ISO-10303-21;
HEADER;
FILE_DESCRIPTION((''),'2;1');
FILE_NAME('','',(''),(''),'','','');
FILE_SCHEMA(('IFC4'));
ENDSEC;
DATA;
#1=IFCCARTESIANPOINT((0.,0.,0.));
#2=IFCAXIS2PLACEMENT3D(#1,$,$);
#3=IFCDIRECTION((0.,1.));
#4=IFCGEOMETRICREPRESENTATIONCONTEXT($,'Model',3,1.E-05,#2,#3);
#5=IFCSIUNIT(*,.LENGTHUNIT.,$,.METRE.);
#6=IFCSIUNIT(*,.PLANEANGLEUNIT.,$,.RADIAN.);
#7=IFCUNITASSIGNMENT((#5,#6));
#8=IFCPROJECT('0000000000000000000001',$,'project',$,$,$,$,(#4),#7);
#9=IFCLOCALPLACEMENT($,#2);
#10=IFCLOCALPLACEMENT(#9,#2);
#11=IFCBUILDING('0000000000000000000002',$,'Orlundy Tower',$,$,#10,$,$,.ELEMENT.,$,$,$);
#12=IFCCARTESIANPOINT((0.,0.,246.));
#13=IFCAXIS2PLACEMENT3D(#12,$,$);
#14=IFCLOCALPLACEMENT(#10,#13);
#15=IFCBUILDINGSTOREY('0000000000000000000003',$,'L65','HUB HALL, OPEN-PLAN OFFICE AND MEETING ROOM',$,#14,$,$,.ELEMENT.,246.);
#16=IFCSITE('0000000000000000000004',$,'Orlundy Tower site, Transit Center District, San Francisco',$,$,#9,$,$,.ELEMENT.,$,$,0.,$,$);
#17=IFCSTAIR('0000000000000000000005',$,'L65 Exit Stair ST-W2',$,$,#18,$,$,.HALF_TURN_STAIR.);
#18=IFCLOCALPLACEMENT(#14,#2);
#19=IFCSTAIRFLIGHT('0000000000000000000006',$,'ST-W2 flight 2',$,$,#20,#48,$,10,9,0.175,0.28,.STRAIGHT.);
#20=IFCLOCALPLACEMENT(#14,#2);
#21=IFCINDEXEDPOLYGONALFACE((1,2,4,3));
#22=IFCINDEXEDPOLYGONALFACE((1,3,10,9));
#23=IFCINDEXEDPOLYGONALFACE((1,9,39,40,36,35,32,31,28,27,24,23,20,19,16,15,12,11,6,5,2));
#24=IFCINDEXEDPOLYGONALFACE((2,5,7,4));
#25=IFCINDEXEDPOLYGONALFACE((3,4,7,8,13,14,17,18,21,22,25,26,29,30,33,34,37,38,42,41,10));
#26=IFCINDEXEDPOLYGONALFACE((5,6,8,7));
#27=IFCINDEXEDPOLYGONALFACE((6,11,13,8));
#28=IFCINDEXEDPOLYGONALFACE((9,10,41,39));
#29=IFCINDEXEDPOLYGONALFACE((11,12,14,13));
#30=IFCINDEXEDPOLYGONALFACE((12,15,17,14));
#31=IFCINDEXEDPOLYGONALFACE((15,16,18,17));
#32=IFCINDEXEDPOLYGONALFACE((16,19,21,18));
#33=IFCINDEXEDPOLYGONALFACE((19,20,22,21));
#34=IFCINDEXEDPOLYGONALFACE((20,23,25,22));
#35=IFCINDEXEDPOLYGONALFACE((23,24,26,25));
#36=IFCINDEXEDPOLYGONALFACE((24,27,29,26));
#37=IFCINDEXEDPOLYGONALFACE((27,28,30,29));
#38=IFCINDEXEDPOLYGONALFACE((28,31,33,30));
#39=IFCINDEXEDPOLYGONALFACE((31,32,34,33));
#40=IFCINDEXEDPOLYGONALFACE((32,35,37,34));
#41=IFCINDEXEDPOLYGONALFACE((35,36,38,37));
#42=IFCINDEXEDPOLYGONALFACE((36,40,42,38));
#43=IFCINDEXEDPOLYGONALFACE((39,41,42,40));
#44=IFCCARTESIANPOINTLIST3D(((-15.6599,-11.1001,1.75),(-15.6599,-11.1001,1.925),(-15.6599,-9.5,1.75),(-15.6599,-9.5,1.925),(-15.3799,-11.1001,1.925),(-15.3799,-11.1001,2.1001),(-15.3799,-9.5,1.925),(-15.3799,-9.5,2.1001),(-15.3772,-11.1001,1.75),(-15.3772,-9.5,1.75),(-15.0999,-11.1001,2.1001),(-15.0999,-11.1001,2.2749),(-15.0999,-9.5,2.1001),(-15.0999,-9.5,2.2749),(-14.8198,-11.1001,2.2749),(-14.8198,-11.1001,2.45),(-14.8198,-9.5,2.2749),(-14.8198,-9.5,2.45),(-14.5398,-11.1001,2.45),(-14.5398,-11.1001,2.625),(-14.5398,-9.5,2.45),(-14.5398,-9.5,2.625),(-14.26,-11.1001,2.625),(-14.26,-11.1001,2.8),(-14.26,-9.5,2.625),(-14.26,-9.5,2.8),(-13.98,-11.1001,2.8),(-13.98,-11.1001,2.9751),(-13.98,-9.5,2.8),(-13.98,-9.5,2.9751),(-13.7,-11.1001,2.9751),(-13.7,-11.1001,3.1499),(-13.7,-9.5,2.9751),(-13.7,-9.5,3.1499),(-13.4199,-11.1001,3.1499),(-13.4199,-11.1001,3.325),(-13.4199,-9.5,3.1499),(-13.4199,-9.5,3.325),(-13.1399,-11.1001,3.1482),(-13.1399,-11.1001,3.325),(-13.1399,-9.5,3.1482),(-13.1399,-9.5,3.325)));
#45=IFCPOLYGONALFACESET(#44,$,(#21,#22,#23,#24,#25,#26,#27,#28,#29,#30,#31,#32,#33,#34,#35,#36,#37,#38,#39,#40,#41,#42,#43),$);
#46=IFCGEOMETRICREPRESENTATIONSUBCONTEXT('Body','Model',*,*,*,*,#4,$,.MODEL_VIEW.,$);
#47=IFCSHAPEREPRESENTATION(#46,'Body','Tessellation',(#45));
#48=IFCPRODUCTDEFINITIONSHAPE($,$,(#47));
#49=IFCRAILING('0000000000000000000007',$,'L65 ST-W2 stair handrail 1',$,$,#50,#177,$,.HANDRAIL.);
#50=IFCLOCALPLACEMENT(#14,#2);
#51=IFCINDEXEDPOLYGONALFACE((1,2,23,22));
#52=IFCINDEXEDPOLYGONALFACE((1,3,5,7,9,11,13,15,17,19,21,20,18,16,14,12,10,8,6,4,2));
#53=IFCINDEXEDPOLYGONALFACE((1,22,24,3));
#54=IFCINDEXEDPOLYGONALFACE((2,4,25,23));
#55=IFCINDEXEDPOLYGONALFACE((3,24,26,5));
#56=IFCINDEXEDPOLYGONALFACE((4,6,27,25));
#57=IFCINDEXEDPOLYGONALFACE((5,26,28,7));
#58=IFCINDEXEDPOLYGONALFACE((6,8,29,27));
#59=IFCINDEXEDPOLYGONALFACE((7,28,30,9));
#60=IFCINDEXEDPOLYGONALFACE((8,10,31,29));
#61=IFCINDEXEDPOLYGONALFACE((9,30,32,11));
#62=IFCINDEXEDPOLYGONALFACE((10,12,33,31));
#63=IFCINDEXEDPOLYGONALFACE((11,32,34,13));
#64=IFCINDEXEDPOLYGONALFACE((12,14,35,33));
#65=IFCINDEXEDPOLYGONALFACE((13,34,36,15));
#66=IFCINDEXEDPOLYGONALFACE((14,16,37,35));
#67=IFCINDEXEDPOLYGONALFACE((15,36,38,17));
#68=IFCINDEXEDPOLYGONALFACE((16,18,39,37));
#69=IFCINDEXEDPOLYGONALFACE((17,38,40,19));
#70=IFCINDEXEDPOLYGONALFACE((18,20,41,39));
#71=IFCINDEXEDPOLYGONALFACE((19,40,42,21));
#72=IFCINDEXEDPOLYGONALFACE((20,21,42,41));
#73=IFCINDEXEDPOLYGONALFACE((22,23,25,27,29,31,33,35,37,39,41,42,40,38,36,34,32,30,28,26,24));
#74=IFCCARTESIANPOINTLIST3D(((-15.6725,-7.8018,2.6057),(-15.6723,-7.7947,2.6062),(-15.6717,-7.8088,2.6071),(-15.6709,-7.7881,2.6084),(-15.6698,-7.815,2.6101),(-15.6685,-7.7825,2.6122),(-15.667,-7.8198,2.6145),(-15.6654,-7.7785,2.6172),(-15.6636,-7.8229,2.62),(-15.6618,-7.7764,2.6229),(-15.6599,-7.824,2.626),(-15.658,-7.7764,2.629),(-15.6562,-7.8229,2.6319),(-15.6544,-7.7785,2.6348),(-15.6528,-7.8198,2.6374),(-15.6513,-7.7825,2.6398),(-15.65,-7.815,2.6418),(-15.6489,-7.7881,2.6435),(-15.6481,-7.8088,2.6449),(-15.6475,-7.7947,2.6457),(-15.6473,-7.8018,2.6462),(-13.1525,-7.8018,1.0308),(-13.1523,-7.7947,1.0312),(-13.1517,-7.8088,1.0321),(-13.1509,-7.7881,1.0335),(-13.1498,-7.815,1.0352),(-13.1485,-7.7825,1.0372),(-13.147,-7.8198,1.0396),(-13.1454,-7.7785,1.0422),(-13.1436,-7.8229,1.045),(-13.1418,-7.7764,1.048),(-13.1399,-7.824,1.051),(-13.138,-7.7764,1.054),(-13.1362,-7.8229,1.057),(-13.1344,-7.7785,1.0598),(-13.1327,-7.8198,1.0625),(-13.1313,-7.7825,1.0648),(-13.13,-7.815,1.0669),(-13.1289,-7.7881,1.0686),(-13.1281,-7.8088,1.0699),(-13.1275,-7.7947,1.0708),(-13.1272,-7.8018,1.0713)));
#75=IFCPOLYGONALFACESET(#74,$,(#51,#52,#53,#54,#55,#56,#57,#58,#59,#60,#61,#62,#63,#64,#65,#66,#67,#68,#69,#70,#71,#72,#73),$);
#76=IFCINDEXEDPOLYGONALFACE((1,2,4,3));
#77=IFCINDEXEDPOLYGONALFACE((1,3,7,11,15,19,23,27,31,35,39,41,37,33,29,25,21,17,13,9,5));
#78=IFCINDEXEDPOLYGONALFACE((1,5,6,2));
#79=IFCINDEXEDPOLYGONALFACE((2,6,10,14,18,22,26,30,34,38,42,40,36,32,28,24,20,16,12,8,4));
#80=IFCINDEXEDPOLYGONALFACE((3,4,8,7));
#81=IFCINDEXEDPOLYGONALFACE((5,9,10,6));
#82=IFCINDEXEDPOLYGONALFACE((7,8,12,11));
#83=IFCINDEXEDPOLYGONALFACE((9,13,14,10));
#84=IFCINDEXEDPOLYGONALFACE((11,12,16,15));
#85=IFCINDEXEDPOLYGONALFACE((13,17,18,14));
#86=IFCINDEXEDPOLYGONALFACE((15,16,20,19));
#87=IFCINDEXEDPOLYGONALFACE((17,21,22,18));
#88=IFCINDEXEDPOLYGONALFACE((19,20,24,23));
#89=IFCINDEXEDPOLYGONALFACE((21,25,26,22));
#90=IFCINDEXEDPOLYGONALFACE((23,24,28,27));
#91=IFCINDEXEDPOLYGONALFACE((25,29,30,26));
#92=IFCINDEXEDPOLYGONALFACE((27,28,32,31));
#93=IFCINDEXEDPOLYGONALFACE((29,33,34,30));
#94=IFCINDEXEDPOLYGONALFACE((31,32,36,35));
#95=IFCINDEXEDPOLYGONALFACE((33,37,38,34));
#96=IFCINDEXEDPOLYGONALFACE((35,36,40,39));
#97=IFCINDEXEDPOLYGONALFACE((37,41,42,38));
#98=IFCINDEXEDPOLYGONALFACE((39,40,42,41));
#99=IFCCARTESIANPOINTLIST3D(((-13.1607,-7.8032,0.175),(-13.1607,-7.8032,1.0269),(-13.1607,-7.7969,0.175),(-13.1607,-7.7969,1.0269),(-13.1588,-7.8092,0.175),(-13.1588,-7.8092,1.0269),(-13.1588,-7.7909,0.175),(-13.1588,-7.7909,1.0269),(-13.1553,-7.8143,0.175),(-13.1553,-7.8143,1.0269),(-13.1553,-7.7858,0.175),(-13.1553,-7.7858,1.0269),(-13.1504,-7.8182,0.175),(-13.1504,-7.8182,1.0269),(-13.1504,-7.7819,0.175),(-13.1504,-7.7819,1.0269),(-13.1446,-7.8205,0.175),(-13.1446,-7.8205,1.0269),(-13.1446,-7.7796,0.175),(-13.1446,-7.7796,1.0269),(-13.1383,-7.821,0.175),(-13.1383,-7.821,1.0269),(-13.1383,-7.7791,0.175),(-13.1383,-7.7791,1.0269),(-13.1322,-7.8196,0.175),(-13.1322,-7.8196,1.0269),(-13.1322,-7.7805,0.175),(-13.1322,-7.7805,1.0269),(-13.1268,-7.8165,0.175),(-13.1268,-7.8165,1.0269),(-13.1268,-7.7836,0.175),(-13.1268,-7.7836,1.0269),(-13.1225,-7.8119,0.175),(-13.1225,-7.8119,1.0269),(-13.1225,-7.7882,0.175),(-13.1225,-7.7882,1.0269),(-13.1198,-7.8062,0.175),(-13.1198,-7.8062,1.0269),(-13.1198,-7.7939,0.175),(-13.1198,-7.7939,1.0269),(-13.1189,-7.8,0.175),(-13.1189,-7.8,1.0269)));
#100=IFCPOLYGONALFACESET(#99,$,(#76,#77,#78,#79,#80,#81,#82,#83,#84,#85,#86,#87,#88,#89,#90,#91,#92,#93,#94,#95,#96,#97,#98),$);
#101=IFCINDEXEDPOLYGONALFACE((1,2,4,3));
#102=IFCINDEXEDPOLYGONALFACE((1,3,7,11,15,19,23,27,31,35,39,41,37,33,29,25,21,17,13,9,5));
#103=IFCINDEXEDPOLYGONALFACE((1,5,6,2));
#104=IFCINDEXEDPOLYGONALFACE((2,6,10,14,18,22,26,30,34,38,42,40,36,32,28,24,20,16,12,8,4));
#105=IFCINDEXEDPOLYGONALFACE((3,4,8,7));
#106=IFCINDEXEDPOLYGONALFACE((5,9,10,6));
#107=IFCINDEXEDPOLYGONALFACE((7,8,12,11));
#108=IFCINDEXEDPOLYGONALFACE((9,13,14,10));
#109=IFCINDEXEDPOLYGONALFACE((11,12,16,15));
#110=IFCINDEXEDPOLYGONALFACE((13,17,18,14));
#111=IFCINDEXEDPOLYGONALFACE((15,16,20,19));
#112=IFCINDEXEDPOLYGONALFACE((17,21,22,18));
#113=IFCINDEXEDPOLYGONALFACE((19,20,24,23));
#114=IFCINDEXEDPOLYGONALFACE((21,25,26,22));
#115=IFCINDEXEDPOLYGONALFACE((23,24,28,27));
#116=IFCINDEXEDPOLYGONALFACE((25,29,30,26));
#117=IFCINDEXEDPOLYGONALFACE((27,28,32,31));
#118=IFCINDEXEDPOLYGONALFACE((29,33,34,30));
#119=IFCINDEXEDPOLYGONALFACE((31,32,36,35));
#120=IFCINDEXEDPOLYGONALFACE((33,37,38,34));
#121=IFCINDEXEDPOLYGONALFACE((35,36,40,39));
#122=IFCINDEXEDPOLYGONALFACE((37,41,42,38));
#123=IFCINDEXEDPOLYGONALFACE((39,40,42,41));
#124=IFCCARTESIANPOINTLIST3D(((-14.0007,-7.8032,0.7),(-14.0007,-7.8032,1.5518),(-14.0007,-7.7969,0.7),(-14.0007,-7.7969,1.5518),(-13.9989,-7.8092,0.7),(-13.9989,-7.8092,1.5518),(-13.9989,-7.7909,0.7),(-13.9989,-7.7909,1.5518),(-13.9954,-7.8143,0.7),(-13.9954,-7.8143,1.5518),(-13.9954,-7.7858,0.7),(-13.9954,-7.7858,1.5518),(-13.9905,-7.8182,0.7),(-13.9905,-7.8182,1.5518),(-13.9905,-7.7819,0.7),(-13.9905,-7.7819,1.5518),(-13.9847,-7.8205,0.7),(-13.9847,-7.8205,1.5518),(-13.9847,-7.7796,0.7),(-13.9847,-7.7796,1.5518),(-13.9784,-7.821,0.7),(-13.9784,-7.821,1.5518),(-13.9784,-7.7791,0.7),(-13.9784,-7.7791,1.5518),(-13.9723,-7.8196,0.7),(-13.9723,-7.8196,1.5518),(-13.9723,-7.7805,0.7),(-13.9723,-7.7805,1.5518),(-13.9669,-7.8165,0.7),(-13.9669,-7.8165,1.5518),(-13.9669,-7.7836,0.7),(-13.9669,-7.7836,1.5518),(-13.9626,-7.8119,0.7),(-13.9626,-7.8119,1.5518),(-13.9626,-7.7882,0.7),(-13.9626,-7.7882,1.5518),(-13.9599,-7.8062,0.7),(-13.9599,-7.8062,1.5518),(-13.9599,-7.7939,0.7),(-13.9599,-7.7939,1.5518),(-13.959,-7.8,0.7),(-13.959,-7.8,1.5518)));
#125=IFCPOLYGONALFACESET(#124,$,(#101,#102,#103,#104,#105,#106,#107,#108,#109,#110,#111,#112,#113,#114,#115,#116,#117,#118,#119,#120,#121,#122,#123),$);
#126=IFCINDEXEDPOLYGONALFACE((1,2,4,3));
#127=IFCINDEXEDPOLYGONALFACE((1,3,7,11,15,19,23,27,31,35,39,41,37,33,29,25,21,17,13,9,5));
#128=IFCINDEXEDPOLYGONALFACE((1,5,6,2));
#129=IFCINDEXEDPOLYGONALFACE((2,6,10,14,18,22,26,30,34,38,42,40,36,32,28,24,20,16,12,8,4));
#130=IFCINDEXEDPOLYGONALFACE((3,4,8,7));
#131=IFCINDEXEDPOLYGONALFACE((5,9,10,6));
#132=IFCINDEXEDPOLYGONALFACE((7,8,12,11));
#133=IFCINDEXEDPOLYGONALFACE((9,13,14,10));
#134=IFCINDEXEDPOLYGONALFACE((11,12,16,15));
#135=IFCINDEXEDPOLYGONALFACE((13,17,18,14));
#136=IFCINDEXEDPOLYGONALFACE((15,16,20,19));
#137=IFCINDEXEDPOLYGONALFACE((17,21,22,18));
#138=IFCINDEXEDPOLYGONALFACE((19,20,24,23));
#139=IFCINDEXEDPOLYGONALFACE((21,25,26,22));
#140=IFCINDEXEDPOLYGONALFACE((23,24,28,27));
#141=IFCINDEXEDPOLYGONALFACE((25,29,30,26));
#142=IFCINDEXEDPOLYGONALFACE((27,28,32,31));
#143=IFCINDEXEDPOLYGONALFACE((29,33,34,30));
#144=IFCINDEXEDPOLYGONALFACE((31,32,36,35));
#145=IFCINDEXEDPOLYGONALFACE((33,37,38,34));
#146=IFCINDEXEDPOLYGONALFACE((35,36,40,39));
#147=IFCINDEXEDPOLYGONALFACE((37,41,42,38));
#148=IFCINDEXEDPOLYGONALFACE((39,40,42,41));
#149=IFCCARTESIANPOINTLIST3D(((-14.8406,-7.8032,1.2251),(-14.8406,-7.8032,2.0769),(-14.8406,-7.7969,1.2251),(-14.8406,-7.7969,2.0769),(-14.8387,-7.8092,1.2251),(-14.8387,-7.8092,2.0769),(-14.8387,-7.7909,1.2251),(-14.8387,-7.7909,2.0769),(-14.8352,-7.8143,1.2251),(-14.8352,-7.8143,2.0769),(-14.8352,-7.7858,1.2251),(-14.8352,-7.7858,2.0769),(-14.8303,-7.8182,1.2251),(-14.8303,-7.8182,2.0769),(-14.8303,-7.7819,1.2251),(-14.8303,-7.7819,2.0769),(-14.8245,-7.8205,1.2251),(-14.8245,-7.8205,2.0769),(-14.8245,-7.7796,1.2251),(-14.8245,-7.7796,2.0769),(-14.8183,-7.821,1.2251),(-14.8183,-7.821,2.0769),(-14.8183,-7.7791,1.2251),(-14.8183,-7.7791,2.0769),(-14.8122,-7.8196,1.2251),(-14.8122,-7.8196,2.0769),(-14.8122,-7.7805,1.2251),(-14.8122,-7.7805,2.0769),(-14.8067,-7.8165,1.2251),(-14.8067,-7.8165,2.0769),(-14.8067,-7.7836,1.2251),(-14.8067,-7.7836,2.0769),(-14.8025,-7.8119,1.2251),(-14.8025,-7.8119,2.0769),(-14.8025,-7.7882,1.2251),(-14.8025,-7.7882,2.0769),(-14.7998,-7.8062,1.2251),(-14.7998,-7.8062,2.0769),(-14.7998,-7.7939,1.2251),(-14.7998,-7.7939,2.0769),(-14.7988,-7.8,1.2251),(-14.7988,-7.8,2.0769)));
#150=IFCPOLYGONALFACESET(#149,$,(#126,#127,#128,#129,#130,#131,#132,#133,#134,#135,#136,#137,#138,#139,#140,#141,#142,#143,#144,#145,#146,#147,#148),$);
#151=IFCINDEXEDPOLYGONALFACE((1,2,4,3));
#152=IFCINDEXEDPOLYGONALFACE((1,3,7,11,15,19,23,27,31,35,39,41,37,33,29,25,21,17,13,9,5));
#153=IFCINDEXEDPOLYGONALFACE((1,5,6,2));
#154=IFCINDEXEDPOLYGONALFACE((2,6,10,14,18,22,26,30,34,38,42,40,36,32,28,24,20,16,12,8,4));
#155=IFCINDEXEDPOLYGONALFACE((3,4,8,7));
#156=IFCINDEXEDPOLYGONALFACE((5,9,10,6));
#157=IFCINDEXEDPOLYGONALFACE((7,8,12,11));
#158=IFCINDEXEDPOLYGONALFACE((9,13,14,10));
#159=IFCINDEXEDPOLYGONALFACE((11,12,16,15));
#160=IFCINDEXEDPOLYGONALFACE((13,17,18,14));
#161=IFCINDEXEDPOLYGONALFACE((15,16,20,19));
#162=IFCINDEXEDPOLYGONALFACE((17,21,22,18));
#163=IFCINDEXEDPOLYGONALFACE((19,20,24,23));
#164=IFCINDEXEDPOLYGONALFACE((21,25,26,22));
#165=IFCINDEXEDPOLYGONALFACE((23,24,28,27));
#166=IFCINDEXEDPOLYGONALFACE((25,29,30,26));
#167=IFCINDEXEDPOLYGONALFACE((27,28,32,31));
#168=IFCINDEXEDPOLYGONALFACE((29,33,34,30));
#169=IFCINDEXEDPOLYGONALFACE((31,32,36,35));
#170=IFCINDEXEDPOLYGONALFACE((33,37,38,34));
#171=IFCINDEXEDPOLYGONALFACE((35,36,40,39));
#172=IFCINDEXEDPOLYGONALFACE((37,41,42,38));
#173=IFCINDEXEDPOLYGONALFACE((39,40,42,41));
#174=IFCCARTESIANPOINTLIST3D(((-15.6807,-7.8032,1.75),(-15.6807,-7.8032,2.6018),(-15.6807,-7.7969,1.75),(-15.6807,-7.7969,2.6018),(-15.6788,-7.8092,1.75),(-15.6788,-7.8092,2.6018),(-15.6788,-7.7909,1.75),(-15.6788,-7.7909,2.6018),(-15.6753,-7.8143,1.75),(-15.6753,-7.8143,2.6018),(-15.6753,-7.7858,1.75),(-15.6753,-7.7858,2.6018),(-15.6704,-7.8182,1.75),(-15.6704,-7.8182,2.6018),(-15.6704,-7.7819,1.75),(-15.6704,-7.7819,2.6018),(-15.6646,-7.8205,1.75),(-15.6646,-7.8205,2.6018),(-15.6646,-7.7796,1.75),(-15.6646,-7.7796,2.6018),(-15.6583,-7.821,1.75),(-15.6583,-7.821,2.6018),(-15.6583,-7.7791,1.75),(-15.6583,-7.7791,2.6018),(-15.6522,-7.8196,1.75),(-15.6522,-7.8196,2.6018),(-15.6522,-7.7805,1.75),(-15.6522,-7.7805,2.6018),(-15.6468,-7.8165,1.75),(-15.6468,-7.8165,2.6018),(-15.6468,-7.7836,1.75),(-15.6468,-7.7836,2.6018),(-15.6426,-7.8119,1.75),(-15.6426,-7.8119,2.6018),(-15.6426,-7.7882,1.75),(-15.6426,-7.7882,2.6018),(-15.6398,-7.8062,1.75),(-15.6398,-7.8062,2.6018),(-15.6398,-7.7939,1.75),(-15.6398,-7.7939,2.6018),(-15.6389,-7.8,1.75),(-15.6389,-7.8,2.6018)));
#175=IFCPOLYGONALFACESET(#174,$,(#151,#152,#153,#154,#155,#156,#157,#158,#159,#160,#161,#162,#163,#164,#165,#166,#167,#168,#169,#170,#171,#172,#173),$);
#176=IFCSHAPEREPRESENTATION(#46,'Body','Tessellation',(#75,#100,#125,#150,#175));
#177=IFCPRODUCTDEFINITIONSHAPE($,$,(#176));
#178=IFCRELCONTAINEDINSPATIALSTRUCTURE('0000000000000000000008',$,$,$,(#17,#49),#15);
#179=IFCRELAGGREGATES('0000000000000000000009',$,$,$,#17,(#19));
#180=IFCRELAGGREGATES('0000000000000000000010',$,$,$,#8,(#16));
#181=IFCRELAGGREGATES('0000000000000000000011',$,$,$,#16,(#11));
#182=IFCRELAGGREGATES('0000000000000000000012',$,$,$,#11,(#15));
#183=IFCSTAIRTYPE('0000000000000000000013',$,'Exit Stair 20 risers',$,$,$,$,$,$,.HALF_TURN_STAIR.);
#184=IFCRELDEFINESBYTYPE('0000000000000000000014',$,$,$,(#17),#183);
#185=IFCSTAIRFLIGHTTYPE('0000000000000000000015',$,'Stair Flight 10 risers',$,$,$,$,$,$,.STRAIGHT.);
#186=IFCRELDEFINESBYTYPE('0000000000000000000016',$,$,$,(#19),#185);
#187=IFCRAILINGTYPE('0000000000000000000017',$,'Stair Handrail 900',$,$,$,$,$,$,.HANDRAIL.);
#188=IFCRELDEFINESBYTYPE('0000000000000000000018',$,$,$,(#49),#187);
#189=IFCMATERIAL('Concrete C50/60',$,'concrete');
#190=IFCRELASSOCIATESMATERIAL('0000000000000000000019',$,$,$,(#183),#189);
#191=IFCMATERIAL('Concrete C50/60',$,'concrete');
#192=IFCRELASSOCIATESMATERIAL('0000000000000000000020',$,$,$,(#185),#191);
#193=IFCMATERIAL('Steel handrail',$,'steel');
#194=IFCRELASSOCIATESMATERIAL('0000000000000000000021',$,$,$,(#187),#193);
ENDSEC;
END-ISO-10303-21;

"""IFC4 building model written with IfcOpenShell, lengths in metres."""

from ifc_helpers import new_model, si_unit, direction, frame, origin, origin_2d, place, context, subcontext, project, spatial, polyline, circle, outline, extrude, material, type_object, element, aggregate, save


model = new_model("IFC4")

# Units and contexts
model_context = context("Model", 3, precision=1e-05, world=origin(), true_north=direction((0.0, 1.0)))
body_context = subcontext(model_context, "Body", "Model", "MODEL_VIEW")
ifc_project = project(units=[si_unit("LENGTHUNIT", "METRE"), si_unit("PLANEANGLEUNIT", "RADIAN")], contexts=[model_context])

# Site, building, storey
site_placement = place(None, origin())
site = spatial("IfcSite", under=ifc_project, at=site_placement, Name="Orlundy Tower site, Transit Center District, San Francisco", CompositionType="ELEMENT", RefElevation=0.0)
building_placement = place(site_placement, origin())
building = spatial("IfcBuilding", under=site, at=building_placement, Name="Orlundy Tower", CompositionType="ELEMENT")
storey_placement = place(building_placement, frame((0.0, 0.0, 246.0)))
storey = spatial("IfcBuildingStorey", under=building, at=storey_placement, Name="L65", Description="HUB HALL, OPEN-PLAN OFFICE AND MEETING ROOM", CompositionType="ELEMENT", Elevation=246.0)

# Stair, stair flight
ifc_material_1 = material(Name="Concrete C50/60", Category="concrete")
stair_type = type_object("IfcStairType", Name="Exit Stair 20 risers", PredefinedType="HALF_TURN_STAIR", material=ifc_material_1)
stair_placement = place(storey_placement, origin())
stair = element("IfcStair", 1, at=stair_placement, inside=storey, type_object=stair_type, Name="L65 Exit Stair ST-W2", PredefinedType="HALF_TURN_STAIR")
ifc_material_2 = material(Name="Concrete C50/60", Category="concrete")
stair_flight_type = type_object("IfcStairFlightType", Name="Stair Flight 10 risers", PredefinedType="STRAIGHT", material=ifc_material_2)
stair_flight_1_placement = place(storey_placement, frame((-15.6599, -10.3, 1.75), z_axis=(0.0, 0.0, 1.0), x_axis=(1.0, 0.0, 0.0)))
stair_flight_1 = element("IfcStairFlight", 2, at=stair_flight_1_placement, type_object=stair_flight_type, Name="ST-W2 flight 2", NumberOfRisers=10, NumberOfTreads=9, PredefinedType="STRAIGHT", RiserHeight=0.175, TreadLength=0.28, context=body_context, shape_type="SweptSolid", body=[
    extrude(outline(polyline([(0.0, 0.0), (0.0, 0.175), (0.28, 0.175), (0.28, 0.3501), (0.5601, 0.3501), (0.5601, 0.5249), (0.8401, 0.5249), (0.8401, 0.7), (1.1201, 0.7), (1.1201, 0.875), (1.3999, 0.875), (1.3999, 1.05), (1.6799, 1.05), (1.6799, 1.2251), (1.96, 1.2251), (1.96, 1.3999), (2.24, 1.3999), (2.24, 1.575), (2.52, 1.575), (2.52, 1.75), (2.52, 1.3982), (0.2827, 0.0), (0.0, 0.0)])), frame((0.0, 0.8, 0.0), z_axis=(0.0, -1.0, 0.0), x_axis=(1.0, 0.0, 0.0)), (0.0, 0.0, 1.0), 1.6001),
])
aggregate(stair, [stair_flight_1])

# Railing
ifc_material_3 = material(Name="Steel handrail", Category="steel")
railing_type_1 = type_object("IfcRailingType", Name="Stair Handrail 900", PredefinedType="HANDRAIL", material=ifc_material_3)
railing_1_placement = place(storey_placement, frame((-13.1399, -7.8, 0.175)))
element("IfcRailing", 3, at=railing_1_placement, inside=storey, type_object=railing_type_1, Name="L65 ST-W2 stair handrail 1", PredefinedType="HANDRAIL", context=body_context, shape_type="SweptSolid", body=[
    extrude(circle(Radius=0.0239, at=origin_2d()), frame((0.0, 0.0, 0.876), z_axis=(-0.848008, 0.0, 0.529984), x_axis=(0.0, -1.0, 0.0)), (0.0, 0.0, 1.0), 2.9717),
    extrude(circle(Radius=0.021, at=origin_2d()), origin(), (0.0, 0.0, 1.0), 0.8518),
    extrude(circle(Radius=0.021, at=origin_2d()), frame((-0.8401, 0.0, 0.5249)), (0.0, 0.0, 1.0), 0.8518),
    extrude(circle(Radius=0.021, at=origin_2d()), frame((-1.6799, 0.0, 1.05)), (0.0, 0.0, 1.0), 0.8518),
    extrude(circle(Radius=0.021, at=origin_2d()), frame((-2.52, 0.0, 1.575)), (0.0, 0.0, 1.0), 0.8518),
])

save(model, "model.ifc")
